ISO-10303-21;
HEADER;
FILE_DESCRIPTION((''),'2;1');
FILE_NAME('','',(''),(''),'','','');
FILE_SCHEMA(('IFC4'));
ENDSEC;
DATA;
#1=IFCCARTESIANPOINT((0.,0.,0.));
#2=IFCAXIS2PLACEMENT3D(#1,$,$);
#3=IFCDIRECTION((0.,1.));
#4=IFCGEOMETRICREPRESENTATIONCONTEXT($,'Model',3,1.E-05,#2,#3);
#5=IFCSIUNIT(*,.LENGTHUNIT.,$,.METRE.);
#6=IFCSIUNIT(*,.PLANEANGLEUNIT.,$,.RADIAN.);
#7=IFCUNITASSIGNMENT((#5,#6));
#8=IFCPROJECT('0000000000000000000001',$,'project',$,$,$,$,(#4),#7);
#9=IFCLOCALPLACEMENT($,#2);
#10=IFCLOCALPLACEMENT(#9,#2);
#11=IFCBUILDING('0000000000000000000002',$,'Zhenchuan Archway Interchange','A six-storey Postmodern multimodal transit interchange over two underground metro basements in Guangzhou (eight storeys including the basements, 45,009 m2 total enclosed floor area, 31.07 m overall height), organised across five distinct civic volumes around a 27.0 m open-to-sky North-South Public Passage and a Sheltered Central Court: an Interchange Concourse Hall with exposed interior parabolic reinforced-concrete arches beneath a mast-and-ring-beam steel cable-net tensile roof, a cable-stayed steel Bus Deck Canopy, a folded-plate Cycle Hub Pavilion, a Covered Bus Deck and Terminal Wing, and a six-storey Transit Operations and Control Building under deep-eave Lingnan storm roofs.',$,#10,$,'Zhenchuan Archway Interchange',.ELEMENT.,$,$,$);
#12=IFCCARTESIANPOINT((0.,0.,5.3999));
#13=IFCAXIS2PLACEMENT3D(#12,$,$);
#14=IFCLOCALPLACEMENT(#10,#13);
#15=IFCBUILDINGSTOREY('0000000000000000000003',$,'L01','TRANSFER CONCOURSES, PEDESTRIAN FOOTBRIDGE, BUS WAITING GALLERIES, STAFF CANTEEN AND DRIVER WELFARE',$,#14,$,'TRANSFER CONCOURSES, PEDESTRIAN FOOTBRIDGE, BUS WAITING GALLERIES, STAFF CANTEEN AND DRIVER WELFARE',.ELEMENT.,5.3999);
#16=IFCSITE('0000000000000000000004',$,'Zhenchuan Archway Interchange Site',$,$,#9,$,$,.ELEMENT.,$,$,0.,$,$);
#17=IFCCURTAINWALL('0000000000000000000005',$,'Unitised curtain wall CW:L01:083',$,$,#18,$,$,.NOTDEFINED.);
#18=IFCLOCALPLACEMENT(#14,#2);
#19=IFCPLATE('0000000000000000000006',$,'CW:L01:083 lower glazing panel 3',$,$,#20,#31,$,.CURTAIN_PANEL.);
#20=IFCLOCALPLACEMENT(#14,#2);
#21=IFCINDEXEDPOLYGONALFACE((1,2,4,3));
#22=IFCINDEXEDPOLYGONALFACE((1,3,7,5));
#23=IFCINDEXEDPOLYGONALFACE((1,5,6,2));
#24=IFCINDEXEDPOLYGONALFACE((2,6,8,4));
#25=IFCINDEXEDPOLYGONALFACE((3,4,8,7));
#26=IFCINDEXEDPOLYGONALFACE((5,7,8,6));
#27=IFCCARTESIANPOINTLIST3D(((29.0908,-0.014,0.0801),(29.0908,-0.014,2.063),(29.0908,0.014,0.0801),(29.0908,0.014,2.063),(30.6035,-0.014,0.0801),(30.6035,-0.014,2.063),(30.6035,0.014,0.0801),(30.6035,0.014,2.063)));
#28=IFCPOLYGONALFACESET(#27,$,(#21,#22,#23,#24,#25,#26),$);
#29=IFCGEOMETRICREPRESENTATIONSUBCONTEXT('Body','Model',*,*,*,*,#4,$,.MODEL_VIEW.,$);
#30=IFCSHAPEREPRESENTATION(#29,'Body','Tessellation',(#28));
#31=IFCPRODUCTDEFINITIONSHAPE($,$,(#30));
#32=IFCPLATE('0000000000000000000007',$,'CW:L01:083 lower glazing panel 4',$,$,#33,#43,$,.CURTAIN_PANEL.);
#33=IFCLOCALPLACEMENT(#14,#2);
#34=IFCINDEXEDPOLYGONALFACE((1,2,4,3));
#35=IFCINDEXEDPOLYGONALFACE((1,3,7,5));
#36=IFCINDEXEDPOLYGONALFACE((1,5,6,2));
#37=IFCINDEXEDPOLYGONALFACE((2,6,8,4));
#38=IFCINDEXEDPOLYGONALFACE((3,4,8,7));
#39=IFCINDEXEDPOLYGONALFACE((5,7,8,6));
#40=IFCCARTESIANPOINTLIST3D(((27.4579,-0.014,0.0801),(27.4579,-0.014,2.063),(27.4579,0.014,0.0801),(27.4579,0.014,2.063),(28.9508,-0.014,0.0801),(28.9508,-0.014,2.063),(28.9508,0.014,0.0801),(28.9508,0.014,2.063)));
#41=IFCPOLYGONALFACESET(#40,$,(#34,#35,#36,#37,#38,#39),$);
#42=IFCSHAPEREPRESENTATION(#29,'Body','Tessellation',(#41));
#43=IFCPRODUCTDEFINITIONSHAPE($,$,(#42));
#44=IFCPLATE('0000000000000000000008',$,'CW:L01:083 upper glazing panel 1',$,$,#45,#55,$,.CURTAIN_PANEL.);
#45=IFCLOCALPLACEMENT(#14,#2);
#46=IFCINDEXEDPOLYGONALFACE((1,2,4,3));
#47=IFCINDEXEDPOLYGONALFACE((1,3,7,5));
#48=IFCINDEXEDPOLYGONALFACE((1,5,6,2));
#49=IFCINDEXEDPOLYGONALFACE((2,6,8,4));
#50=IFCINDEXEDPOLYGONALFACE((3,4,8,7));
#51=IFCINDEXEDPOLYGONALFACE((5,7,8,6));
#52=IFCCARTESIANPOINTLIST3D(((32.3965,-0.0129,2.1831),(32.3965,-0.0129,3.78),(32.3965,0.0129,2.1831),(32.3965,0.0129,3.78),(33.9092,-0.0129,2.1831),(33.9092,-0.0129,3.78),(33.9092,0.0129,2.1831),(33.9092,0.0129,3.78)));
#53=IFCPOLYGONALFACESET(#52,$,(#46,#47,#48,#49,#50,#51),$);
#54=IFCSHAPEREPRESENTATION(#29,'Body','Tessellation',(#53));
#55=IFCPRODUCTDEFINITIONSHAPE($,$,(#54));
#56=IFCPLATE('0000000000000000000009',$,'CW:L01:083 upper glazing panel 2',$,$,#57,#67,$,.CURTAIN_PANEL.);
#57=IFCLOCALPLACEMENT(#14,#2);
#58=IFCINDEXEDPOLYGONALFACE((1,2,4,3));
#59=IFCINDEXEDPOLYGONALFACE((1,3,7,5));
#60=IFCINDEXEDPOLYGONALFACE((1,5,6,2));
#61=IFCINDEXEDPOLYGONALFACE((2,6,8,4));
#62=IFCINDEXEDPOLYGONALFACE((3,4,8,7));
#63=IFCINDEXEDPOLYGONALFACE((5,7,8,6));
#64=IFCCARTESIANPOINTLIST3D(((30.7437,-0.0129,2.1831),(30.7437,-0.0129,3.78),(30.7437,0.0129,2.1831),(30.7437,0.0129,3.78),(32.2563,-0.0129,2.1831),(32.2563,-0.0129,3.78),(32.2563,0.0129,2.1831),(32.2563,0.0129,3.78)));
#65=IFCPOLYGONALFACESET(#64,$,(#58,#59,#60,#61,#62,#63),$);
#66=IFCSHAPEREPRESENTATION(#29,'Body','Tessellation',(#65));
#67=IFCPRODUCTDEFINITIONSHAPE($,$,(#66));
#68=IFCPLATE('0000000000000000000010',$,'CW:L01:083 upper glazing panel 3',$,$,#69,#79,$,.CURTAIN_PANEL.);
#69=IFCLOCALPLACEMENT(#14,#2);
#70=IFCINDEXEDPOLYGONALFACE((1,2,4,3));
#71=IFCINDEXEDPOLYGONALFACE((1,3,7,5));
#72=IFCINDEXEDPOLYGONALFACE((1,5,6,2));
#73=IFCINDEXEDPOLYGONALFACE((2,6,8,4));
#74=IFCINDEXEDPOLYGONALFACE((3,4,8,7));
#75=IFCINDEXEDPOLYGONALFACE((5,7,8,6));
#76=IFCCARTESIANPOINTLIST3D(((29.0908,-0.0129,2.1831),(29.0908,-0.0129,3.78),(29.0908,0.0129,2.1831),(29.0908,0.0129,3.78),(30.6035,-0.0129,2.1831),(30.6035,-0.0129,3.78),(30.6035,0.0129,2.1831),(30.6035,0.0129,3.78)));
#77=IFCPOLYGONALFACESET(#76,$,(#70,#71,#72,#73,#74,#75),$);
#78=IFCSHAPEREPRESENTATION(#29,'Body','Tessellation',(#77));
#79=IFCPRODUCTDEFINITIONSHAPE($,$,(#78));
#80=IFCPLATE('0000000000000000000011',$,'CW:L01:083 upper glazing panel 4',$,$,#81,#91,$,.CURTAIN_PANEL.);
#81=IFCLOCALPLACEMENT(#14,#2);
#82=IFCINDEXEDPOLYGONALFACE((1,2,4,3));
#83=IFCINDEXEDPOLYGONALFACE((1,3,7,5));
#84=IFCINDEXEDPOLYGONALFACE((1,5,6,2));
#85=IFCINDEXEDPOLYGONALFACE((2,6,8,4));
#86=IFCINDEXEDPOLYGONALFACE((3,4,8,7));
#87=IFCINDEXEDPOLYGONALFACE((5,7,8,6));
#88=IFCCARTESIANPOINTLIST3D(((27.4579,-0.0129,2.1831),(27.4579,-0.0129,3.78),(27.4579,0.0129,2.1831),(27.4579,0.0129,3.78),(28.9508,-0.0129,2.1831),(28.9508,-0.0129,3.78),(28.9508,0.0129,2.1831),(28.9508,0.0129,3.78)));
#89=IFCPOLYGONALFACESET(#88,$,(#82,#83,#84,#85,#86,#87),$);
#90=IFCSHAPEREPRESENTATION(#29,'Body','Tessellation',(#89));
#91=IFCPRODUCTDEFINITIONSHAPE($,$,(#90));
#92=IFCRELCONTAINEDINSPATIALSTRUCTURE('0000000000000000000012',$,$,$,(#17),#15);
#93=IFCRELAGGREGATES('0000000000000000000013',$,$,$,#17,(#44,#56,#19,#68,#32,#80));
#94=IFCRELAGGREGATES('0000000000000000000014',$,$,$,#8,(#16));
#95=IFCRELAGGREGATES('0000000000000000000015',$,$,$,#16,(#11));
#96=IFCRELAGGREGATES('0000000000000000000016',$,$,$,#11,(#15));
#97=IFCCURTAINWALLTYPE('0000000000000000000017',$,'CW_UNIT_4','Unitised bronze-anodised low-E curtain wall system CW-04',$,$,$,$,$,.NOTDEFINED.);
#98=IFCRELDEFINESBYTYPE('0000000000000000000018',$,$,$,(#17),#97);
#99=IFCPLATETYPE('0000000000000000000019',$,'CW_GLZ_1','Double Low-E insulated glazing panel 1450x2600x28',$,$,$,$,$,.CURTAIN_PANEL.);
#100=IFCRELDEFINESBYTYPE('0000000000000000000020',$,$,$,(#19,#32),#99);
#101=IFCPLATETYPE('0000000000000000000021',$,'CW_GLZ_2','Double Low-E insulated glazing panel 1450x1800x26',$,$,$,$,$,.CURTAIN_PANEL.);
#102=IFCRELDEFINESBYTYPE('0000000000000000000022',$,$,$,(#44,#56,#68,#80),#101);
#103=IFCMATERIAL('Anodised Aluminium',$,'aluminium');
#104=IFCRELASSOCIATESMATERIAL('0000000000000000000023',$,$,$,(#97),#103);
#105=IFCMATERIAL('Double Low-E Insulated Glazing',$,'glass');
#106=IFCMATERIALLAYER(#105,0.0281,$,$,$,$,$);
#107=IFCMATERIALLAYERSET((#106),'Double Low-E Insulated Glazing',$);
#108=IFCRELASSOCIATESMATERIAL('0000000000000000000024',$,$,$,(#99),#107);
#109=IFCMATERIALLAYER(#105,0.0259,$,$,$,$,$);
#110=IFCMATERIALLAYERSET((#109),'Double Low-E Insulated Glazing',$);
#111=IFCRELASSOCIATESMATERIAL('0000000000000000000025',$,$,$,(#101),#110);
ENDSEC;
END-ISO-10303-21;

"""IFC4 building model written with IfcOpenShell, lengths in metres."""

from ifc_helpers import new_model, si_unit, direction, frame, origin, origin_2d, place, context, subcontext, project, spatial, rectangle, extrude, material, layer, layer_set, type_object, element, aggregate, save


model = new_model("IFC4")

# Units and contexts
model_context = context("Model", 3, precision=1e-05, world=origin(), true_north=direction((0.0, 1.0)))
body_context = subcontext(model_context, "Body", "Model", "MODEL_VIEW")
ifc_project = project(units=[si_unit("LENGTHUNIT", "METRE"), si_unit("PLANEANGLEUNIT", "RADIAN")], contexts=[model_context])

# Site, building, storey
site_placement = place(None, origin())
site = spatial("IfcSite", under=ifc_project, at=site_placement, Name="Zhenchuan Archway Interchange Site", CompositionType="ELEMENT", RefElevation=0.0)
building_placement = place(site_placement, origin())
building = spatial("IfcBuilding", under=site, at=building_placement, Name="Zhenchuan Archway Interchange", Description="A six-storey Postmodern multimodal transit interchange over two underground metro basements in Guangzhou (eight storeys including the basements, 45,009 m2 total enclosed floor area, 31.07 m overall height), organised across five distinct civic volumes around a 27.0 m open-to-sky North-South Public Passage and a Sheltered Central Court: an Interchange Concourse Hall with exposed interior parabolic reinforced-concrete arches beneath a mast-and-ring-beam steel cable-net tensile roof, a cable-stayed steel Bus Deck Canopy, a folded-plate Cycle Hub Pavilion, a Covered Bus Deck and Terminal Wing, and a six-storey Transit Operations and Control Building under deep-eave Lingnan storm roofs.", LongName="Zhenchuan Archway Interchange", CompositionType="ELEMENT")
storey_placement = place(building_placement, frame((0.0, 0.0, 5.3999)))
storey = spatial("IfcBuildingStorey", under=building, at=storey_placement, Name="L01", Description="TRANSFER CONCOURSES, PEDESTRIAN FOOTBRIDGE, BUS WAITING GALLERIES, STAFF CANTEEN AND DRIVER WELFARE", LongName="TRANSFER CONCOURSES, PEDESTRIAN FOOTBRIDGE, BUS WAITING GALLERIES, STAFF CANTEEN AND DRIVER WELFARE", CompositionType="ELEMENT", Elevation=5.3999)

# Curtain wall
ifc_material_1 = material(Name="Anodised Aluminium", Category="aluminium")
curtain_wall_type = type_object("IfcCurtainWallType", Name="CW_UNIT_4", Description="Unitised bronze-anodised low-E curtain wall system CW-04", PredefinedType="NOTDEFINED", material=ifc_material_1)
curtain_wall_placement = place(storey_placement, origin())
curtain_wall = element("IfcCurtainWall", 1, at=curtain_wall_placement, inside=storey, type_object=curtain_wall_type, Name="Unitised curtain wall CW:L01:083", PredefinedType="NOTDEFINED")

# Plates
ifc_material_2 = material(Name="Double Low-E Insulated Glazing", Category="glass")
ifc_layer_1 = layer(ifc_material_2, 0.0281)
ifc_layer_set_1 = layer_set([ifc_layer_1], Name="Double Low-E Insulated Glazing")
plate_type_1 = type_object("IfcPlateType", Name="CW_GLZ_1", Description="Double Low-E insulated glazing panel 1450x2600x28", PredefinedType="CURTAIN_PANEL", material=ifc_layer_set_1)
plate_1_placement = place(storey_placement, frame((29.8472, 0.0, 0.0801), z_axis=(0.0, 0.0, 1.0), x_axis=(-1.0, 0.0, 0.0)))
plate_1 = element("IfcPlate", 2, at=plate_1_placement, type_object=plate_type_1, Name="CW:L01:083 lower glazing panel 3", PredefinedType="CURTAIN_PANEL", context=body_context, shape_type="SweptSolid", body=[
    extrude(rectangle(XDim=1.5127, YDim=0.0281, at=origin_2d()), origin(), (0.0, 0.0, 1.0), 1.9829),
])
plate_2_placement = place(storey_placement, frame((28.2043, 0.0, 0.0801), z_axis=(0.0, 0.0, 1.0), x_axis=(-1.0, 0.0, 0.0)))
plate_2 = element("IfcPlate", 3, at=plate_2_placement, type_object=plate_type_1, Name="CW:L01:083 lower glazing panel 4", PredefinedType="CURTAIN_PANEL", context=body_context, shape_type="SweptSolid", body=[
    extrude(rectangle(XDim=1.4929, YDim=0.0281, at=origin_2d()), origin(), (0.0, 0.0, 1.0), 1.9829),
])
ifc_layer_2 = layer(ifc_material_2, 0.0259)
ifc_layer_set_2 = layer_set([ifc_layer_2], Name="Double Low-E Insulated Glazing")
plate_type_2 = type_object("IfcPlateType", Name="CW_GLZ_2", Description="Double Low-E insulated glazing panel 1450x1800x26", PredefinedType="CURTAIN_PANEL", material=ifc_layer_set_2)
plate_3_placement = place(storey_placement, frame((33.1528, 0.0, 2.1831), z_axis=(0.0, 0.0, 1.0), x_axis=(-1.0, 0.0, 0.0)))
plate_3 = element("IfcPlate", 4, at=plate_3_placement, type_object=plate_type_2, Name="CW:L01:083 upper glazing panel 1", PredefinedType="CURTAIN_PANEL", context=body_context, shape_type="SweptSolid", body=[
    extrude(rectangle(XDim=1.5127, YDim=0.0259, at=origin_2d()), origin(), (0.0, 0.0, 1.0), 1.5969),
])
plate_4_placement = place(storey_placement, frame((31.5, 0.0, 2.1831), z_axis=(0.0, 0.0, 1.0), x_axis=(-1.0, 0.0, 0.0)))
plate_4 = element("IfcPlate", 5, at=plate_4_placement, type_object=plate_type_2, Name="CW:L01:083 upper glazing panel 2", PredefinedType="CURTAIN_PANEL", context=body_context, shape_type="SweptSolid", body=[
    extrude(rectangle(XDim=1.5127, YDim=0.0259, at=origin_2d()), origin(), (0.0, 0.0, 1.0), 1.5969),
])
plate_5_placement = place(storey_placement, frame((29.8472, 0.0, 2.1831), z_axis=(0.0, 0.0, 1.0), x_axis=(-1.0, 0.0, 0.0)))
plate_5 = element("IfcPlate", 6, at=plate_5_placement, type_object=plate_type_2, Name="CW:L01:083 upper glazing panel 3", PredefinedType="CURTAIN_PANEL", context=body_context, shape_type="SweptSolid", body=[
    extrude(rectangle(XDim=1.5127, YDim=0.0259, at=origin_2d()), origin(), (0.0, 0.0, 1.0), 1.5969),
])
plate_6_placement = place(storey_placement, frame((28.2043, 0.0, 2.1831), z_axis=(0.0, 0.0, 1.0), x_axis=(-1.0, 0.0, 0.0)))
plate_6 = element("IfcPlate", 7, at=plate_6_placement, type_object=plate_type_2, Name="CW:L01:083 upper glazing panel 4", PredefinedType="CURTAIN_PANEL", context=body_context, shape_type="SweptSolid", body=[
    extrude(rectangle(XDim=1.4929, YDim=0.0259, at=origin_2d()), origin(), (0.0, 0.0, 1.0), 1.5969),
])
aggregate(curtain_wall, [plate_3, plate_4, plate_1, plate_5, plate_2, plate_6])

save(model, "model.ifc")
